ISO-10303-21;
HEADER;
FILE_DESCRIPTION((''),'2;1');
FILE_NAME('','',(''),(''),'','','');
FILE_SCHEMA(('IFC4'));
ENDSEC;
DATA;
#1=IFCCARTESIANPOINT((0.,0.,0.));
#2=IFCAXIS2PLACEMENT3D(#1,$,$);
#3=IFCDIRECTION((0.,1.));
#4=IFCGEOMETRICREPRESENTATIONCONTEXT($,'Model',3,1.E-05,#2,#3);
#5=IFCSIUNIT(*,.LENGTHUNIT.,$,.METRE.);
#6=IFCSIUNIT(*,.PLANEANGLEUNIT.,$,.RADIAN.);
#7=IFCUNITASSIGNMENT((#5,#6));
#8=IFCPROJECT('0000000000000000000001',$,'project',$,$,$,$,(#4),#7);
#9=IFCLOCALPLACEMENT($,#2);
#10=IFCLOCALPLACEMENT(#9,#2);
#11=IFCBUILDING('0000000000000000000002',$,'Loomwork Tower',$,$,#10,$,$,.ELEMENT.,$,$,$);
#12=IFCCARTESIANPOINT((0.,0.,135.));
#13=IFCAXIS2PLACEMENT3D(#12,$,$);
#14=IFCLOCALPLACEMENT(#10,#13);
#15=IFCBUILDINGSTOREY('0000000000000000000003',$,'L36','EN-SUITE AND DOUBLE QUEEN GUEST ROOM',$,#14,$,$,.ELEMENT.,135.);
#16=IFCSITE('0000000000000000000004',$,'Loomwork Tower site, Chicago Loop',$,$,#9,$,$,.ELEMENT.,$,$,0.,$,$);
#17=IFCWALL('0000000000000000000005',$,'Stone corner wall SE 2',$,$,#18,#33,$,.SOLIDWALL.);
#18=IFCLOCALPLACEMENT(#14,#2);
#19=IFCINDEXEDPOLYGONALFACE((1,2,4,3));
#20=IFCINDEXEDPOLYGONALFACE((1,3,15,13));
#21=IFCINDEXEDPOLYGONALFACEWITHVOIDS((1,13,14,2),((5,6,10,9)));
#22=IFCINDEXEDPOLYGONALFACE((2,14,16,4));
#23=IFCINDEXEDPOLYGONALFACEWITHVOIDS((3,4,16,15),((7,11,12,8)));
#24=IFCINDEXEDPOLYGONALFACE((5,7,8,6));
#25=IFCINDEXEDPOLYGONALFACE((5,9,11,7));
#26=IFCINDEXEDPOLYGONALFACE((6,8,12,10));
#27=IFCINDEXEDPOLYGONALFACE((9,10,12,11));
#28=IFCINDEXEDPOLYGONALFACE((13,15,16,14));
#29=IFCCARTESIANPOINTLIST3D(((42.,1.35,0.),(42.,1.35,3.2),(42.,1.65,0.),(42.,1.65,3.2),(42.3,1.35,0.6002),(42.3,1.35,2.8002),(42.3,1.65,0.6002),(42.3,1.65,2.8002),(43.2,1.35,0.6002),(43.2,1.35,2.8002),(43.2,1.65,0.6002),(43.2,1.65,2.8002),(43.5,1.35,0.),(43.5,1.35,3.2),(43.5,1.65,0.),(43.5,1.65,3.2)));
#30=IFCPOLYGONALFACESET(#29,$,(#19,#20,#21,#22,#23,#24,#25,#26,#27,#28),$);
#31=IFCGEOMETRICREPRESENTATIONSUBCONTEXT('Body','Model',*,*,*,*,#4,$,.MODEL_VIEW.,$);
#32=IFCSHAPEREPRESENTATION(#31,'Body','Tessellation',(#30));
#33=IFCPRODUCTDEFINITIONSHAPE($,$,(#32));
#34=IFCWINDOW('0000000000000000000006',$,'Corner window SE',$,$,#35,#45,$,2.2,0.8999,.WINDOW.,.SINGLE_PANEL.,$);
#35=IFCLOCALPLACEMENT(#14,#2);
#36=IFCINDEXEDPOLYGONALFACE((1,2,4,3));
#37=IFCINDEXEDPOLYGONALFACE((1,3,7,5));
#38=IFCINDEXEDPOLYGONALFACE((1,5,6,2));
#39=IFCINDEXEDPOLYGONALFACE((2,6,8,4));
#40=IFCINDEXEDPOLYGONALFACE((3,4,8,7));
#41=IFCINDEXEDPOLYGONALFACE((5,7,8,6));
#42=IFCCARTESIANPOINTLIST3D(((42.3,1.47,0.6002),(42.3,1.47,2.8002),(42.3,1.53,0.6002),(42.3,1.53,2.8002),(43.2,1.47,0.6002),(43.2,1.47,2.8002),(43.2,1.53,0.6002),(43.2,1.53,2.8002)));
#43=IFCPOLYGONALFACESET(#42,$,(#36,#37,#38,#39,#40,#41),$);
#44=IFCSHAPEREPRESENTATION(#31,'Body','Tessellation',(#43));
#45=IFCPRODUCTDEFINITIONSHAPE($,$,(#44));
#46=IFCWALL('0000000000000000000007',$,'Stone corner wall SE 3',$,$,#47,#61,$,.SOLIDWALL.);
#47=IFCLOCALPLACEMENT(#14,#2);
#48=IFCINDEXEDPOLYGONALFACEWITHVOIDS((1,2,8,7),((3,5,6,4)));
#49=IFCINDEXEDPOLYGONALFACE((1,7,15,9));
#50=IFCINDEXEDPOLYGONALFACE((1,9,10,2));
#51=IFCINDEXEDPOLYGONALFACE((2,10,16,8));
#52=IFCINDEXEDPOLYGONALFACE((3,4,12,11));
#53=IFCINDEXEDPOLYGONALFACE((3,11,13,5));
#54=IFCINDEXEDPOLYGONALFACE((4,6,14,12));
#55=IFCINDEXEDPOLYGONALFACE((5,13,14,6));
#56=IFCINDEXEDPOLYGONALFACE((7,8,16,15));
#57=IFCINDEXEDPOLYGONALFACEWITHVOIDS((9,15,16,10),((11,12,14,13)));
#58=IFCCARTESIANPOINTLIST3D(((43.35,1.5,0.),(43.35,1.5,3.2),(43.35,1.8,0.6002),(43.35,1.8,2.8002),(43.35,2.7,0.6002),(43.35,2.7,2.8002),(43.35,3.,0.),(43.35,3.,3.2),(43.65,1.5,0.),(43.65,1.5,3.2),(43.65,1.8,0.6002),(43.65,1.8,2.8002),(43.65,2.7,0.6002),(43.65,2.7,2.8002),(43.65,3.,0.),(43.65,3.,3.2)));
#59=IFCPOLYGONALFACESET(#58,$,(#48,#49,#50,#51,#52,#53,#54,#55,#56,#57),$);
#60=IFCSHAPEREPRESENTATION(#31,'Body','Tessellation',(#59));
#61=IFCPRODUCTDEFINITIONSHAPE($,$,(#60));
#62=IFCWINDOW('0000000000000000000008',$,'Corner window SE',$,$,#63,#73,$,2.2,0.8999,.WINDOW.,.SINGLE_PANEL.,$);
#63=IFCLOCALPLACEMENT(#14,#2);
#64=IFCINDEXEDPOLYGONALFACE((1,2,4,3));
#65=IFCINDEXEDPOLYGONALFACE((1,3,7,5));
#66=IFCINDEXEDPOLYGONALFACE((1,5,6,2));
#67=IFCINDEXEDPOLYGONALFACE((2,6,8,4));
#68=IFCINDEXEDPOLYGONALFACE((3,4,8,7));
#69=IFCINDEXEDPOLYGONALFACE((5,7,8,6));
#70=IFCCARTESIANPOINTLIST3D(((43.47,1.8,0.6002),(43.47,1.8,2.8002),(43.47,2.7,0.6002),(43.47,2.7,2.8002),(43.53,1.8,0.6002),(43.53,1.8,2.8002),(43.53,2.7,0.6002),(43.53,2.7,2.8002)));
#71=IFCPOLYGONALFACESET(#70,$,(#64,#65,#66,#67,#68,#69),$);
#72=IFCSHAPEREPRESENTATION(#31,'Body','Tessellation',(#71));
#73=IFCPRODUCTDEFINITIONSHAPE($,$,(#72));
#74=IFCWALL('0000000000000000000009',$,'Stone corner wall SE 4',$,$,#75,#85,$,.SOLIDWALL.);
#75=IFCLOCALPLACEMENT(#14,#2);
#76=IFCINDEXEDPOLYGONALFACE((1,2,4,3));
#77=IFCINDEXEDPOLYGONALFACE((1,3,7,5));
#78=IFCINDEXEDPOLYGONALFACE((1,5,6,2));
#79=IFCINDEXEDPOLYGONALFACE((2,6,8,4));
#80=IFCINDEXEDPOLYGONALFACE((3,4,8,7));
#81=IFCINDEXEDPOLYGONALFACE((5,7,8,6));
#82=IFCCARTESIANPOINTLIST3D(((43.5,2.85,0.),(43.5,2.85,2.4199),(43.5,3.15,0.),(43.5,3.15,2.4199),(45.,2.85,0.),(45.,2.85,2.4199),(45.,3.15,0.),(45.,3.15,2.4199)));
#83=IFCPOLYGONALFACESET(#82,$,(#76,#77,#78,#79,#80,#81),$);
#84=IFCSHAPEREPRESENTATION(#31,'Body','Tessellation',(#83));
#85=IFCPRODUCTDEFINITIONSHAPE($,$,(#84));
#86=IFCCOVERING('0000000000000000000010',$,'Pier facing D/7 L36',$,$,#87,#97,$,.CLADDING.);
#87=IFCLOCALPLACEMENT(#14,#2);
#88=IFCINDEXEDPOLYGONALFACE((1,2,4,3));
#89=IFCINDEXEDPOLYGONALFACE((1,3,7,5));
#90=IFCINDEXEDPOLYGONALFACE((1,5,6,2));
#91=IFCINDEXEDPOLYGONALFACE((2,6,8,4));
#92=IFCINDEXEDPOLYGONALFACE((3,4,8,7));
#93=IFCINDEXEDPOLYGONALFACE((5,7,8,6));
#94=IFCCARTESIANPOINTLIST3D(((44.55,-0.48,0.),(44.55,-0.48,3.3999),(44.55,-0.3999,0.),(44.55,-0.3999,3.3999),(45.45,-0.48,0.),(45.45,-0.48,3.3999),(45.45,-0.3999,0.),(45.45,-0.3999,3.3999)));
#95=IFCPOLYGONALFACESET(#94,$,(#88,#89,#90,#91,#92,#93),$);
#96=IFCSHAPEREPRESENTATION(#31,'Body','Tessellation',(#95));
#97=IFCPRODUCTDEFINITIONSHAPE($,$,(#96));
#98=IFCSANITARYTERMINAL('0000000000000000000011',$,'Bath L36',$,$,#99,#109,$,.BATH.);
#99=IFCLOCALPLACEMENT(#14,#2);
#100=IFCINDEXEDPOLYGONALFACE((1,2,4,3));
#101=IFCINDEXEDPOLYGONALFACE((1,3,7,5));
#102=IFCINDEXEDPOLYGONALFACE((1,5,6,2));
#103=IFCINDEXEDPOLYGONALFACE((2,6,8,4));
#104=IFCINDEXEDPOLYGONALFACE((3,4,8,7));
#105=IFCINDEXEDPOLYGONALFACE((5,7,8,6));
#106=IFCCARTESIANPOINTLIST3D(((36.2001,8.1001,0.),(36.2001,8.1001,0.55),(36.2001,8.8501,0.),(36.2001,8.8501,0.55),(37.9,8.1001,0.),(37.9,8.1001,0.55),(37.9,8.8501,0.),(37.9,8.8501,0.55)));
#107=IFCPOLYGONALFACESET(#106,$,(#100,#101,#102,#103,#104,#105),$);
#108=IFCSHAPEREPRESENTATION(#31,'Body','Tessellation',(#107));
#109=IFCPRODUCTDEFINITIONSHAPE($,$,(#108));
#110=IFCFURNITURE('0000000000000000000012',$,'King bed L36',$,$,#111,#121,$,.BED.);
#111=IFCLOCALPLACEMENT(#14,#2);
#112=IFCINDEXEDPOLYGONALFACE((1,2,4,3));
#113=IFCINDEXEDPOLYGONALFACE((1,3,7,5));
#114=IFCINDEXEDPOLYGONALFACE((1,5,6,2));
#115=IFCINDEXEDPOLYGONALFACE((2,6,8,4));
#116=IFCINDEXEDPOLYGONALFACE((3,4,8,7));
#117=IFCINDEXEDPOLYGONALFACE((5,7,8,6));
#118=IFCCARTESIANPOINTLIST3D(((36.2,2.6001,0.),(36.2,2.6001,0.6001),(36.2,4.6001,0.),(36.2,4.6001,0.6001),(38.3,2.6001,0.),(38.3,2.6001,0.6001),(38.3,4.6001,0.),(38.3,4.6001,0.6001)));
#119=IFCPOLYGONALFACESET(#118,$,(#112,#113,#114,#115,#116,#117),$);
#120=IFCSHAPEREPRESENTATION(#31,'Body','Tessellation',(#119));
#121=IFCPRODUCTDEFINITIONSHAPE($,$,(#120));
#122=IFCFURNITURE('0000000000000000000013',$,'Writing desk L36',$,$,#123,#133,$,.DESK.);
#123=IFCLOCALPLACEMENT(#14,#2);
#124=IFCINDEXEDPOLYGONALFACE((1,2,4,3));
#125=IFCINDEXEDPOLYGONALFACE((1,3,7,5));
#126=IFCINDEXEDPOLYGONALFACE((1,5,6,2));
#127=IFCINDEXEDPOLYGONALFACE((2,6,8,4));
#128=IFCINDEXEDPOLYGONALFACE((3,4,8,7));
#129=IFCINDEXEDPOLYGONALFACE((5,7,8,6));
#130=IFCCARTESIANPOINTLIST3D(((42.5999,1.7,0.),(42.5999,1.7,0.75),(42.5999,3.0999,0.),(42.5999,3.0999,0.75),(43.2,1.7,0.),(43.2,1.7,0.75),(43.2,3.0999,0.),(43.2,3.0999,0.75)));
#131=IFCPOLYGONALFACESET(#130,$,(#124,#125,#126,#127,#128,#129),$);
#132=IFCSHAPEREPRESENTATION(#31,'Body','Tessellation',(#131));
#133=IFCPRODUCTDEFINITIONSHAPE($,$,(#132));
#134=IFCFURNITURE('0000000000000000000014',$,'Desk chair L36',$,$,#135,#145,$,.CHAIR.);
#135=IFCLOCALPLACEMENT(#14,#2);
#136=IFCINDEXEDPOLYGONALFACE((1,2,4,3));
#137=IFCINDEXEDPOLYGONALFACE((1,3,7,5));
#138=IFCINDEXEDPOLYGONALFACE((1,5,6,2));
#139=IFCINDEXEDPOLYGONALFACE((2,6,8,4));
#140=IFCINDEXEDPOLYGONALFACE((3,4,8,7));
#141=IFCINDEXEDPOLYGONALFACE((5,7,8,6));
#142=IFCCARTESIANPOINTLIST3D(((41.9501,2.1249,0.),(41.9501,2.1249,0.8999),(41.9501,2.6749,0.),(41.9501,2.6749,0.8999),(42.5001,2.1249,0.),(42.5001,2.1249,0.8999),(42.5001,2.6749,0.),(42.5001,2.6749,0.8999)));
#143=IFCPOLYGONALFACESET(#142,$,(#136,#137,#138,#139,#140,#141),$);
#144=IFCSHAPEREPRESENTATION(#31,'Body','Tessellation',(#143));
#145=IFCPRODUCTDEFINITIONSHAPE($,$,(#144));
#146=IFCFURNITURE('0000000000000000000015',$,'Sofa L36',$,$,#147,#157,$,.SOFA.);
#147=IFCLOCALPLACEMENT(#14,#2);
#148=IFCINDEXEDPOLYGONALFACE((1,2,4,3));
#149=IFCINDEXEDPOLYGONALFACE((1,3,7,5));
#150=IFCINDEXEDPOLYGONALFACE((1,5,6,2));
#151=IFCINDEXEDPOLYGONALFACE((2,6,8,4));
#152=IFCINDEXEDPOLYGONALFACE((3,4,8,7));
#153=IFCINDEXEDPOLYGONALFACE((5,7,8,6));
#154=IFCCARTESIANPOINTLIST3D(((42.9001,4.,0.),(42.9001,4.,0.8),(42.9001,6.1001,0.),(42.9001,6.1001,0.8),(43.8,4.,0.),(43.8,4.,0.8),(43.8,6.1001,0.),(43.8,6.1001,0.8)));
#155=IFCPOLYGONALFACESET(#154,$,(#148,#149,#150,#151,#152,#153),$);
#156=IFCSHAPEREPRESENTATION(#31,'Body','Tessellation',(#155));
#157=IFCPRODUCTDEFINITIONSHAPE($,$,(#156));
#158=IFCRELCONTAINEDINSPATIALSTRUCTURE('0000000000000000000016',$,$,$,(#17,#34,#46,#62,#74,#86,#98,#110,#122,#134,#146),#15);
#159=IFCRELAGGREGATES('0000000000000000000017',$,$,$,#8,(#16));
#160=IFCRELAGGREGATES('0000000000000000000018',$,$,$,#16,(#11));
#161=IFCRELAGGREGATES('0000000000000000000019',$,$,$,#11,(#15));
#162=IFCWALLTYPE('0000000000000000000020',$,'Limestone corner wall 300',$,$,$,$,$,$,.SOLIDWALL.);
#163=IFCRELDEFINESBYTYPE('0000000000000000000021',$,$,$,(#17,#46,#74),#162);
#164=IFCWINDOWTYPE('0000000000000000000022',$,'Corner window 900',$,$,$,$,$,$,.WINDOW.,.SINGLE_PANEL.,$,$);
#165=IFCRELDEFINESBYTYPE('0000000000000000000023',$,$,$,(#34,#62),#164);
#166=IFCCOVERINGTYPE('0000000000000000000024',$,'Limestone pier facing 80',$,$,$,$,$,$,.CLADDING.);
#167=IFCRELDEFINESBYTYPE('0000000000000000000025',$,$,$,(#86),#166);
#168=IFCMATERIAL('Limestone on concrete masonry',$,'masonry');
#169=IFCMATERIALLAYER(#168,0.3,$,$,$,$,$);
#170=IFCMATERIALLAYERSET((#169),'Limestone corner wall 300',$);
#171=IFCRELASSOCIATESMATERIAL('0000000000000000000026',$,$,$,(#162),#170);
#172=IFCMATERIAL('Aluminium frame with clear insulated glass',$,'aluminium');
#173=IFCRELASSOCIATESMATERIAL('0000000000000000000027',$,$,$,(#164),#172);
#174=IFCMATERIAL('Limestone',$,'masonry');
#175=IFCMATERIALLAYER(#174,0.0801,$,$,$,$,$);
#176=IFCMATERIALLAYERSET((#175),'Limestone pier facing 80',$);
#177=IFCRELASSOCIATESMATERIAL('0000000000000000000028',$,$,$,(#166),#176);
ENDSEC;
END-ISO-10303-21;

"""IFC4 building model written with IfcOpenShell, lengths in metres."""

from ifc_helpers import new_model, si_unit, direction, frame, frame_2d, origin, origin_2d, place, context, subcontext, project, spatial, rectangle, extrude, material, layer, layer_set, type_object, element, fill, save


model = new_model("IFC4")

# Units and contexts
model_context = context("Model", 3, precision=1e-05, world=origin(), true_north=direction((0.0, 1.0)))
body_context = subcontext(model_context, "Body", "Model", "MODEL_VIEW")
ifc_project = project(units=[si_unit("LENGTHUNIT", "METRE"), si_unit("PLANEANGLEUNIT", "RADIAN")], contexts=[model_context])

# Site, building, storey
site_placement = place(None, origin())
site = spatial("IfcSite", under=ifc_project, at=site_placement, Name="Loomwork Tower site, Chicago Loop", CompositionType="ELEMENT", RefElevation=0.0)
building_placement = place(site_placement, origin())
building = spatial("IfcBuilding", under=site, at=building_placement, Name="Loomwork Tower", CompositionType="ELEMENT")
storey_placement = place(building_placement, frame((0.0, 0.0, 135.0)))
storey = spatial("IfcBuildingStorey", under=building, at=storey_placement, Name="L36", Description="EN-SUITE AND DOUBLE QUEEN GUEST ROOM", CompositionType="ELEMENT", Elevation=135.0)

# Shared definitions
ifc_material_1 = material(Name="Limestone on concrete masonry", Category="masonry")
ifc_layer_1 = layer(ifc_material_1, 0.3)
ifc_layer_set_1 = layer_set([ifc_layer_1], Name="Limestone corner wall 300")
wall_type_1 = type_object("IfcWallType", Name="Limestone corner wall 300", PredefinedType="SOLIDWALL", material=ifc_layer_set_1)

# Walls, openings, windows
wall_1_placement = place(storey_placement, frame((42.0, 1.5, 0.0), z_axis=(0.0, 0.0, 1.0), x_axis=(1.0, 0.0, 0.0)))
wall_1 = element("IfcWall", 1, at=wall_1_placement, inside=storey, type_object=wall_type_1, Name="Stone corner wall SE 2", PredefinedType="SOLIDWALL", context=body_context, shape_type="SweptSolid", body=[
    extrude(rectangle(XDim=1.5, YDim=0.3, at=frame_2d((0.75, 0.0))), origin(), (0.0, 0.0, 1.0), 3.2),
])
opening_1_placement = place(wall_1_placement, frame((0.3, 0.0, 0.6001)))
opening_1 = element("IfcOpeningElement", 2, at=opening_1_placement, cuts=wall_1, PredefinedType="OPENING", context=body_context, shape_type="SweptSolid", body=[
    extrude(rectangle(XDim=0.8999, YDim=2.2, at=frame_2d((0.45, 1.1001))), frame((0.0, 0.1599, 0.0), z_axis=(0.0, -1.0, 0.0), x_axis=(1.0, 0.0, 0.0)), (0.0, 0.0, 1.0), 0.3201),
])
ifc_material_2 = material(Name="Aluminium frame with clear insulated glass", Category="aluminium")
window_type_1 = type_object("IfcWindowType", Name="Corner window 900", PartitioningType="SINGLE_PANEL", PredefinedType="WINDOW", material=ifc_material_2)
window_1_placement = place(opening_1_placement, origin())
window_1 = element("IfcWindow", 3, at=window_1_placement, inside=storey, type_object=window_type_1, Name="Corner window SE", OverallHeight=2.2, OverallWidth=0.8999, PartitioningType="SINGLE_PANEL", PredefinedType="WINDOW", context=body_context, shape_type="SweptSolid", body=[
    extrude(rectangle(XDim=0.8999, YDim=2.2, at=frame_2d((0.45, 1.1001))), frame((0.0, 0.03, 0.0), z_axis=(0.0, -1.0, 0.0), x_axis=(1.0, 0.0, 0.0)), (0.0, 0.0, 1.0), 0.0601),
])
fill(opening_1, window_1)
wall_2_placement = place(storey_placement, frame((43.5, 1.5, 0.0), z_axis=(0.0, 0.0, 1.0), x_axis=(0.0, 1.0, 0.0)))
wall_2 = element("IfcWall", 4, at=wall_2_placement, inside=storey, type_object=wall_type_1, Name="Stone corner wall SE 3", PredefinedType="SOLIDWALL", context=body_context, shape_type="SweptSolid", body=[
    extrude(rectangle(XDim=1.5, YDim=0.3, at=frame_2d((0.75, 0.0))), origin(), (0.0, 0.0, 1.0), 3.2),
])
opening_2_placement = place(wall_2_placement, frame((0.3, 0.0, 0.6001)))
opening_2 = element("IfcOpeningElement", 5, at=opening_2_placement, cuts=wall_2, PredefinedType="OPENING", context=body_context, shape_type="SweptSolid", body=[
    extrude(rectangle(XDim=0.8999, YDim=2.2, at=frame_2d((0.45, 1.1001))), frame((0.0, 0.1599, 0.0), z_axis=(0.0, -1.0, 0.0), x_axis=(1.0, 0.0, 0.0)), (0.0, 0.0, 1.0), 0.3201),
])
window_2_placement = place(opening_2_placement, origin())
window_2 = element("IfcWindow", 6, at=window_2_placement, inside=storey, type_object=window_type_1, Name="Corner window SE", OverallHeight=2.2, OverallWidth=0.8999, PartitioningType="SINGLE_PANEL", PredefinedType="WINDOW", context=body_context, shape_type="SweptSolid", body=[
    extrude(rectangle(XDim=0.8999, YDim=2.2, at=frame_2d((0.45, 1.1001))), frame((0.0, 0.03, 0.0), z_axis=(0.0, -1.0, 0.0), x_axis=(1.0, 0.0, 0.0)), (0.0, 0.0, 1.0), 0.0601),
])
fill(opening_2, window_2)

# Wall
wall_3_placement = place(storey_placement, frame((43.5, 3.0, 0.0), z_axis=(0.0, 0.0, 1.0), x_axis=(1.0, 0.0, 0.0)))
element("IfcWall", 7, at=wall_3_placement, inside=storey, type_object=wall_type_1, Name="Stone corner wall SE 4", PredefinedType="SOLIDWALL", context=body_context, shape_type="SweptSolid", body=[
    extrude(rectangle(XDim=1.5, YDim=0.3, at=frame_2d((0.75, 0.0))), origin(), (0.0, 0.0, 1.0), 2.4199),
])

# Covering
ifc_material_3 = material(Name="Limestone", Category="masonry")
ifc_layer_2 = layer(ifc_material_3, 0.0801)
ifc_layer_set_2 = layer_set([ifc_layer_2], Name="Limestone pier facing 80")
covering_type = type_object("IfcCoveringType", Name="Limestone pier facing 80", PredefinedType="CLADDING", material=ifc_layer_set_2)
covering_placement = place(storey_placement, frame((45.0, -0.4399, 0.0), z_axis=(0.0, 0.0, 1.0), x_axis=(1.0, 0.0, 0.0)))
element("IfcCovering", 8, at=covering_placement, inside=storey, type_object=covering_type, Name="Pier facing D/7 L36", PredefinedType="CLADDING", context=body_context, shape_type="SweptSolid", body=[
    extrude(rectangle(XDim=0.8999, YDim=0.0801, at=origin_2d()), origin(), (0.0, 0.0, 1.0), 3.3999),
])

# Sanitary terminal
sanitary_terminal_placement = place(storey_placement, frame((37.05, 8.4751, 0.0), z_axis=(0.0, 0.0, 1.0), x_axis=(1.0, 0.0, 0.0)))
element("IfcSanitaryTerminal", 9, at=sanitary_terminal_placement, inside=storey, Name="Bath L36", PredefinedType="BATH", context=body_context, shape_type="SweptSolid", body=[
    extrude(rectangle(XDim=1.7, YDim=0.75, at=origin_2d()), origin(), (0.0, 0.0, 1.0), 0.55),
])

# Furniture
furniture_1_placement = place(storey_placement, frame((37.25, 3.6001, 0.0), z_axis=(0.0, 0.0, 1.0), x_axis=(1.0, 0.0, 0.0)))
element("IfcFurniture", 10, at=furniture_1_placement, inside=storey, Name="King bed L36", PredefinedType="BED", context=body_context, shape_type="SweptSolid", body=[
    extrude(rectangle(XDim=2.1001, YDim=2.0, at=origin_2d()), origin(), (0.0, 0.0, 1.0), 0.6001),
])
furniture_2_placement = place(storey_placement, frame((42.8999, 2.3999, 0.0), z_axis=(0.0, 0.0, 1.0), x_axis=(1.0, 0.0, 0.0)))
element("IfcFurniture", 11, at=furniture_2_placement, inside=storey, Name="Writing desk L36", PredefinedType="DESK", context=body_context, shape_type="SweptSolid", body=[
    extrude(rectangle(XDim=0.6001, YDim=1.3999, at=origin_2d()), origin(), (0.0, 0.0, 1.0), 0.75),
])
furniture_3_placement = place(storey_placement, frame((42.2251, 2.3999, 0.0), z_axis=(0.0, 0.0, 1.0), x_axis=(1.0, 0.0, 0.0)))
element("IfcFurniture", 12, at=furniture_3_placement, inside=storey, Name="Desk chair L36", PredefinedType="CHAIR", context=body_context, shape_type="SweptSolid", body=[
    extrude(rectangle(XDim=0.55, YDim=0.55, at=origin_2d()), origin(), (0.0, 0.0, 1.0), 0.8999),
])
furniture_4_placement = place(storey_placement, frame((43.3501, 5.05, 0.0), z_axis=(0.0, 0.0, 1.0), x_axis=(1.0, 0.0, 0.0)))
element("IfcFurniture", 13, at=furniture_4_placement, inside=storey, Name="Sofa L36", PredefinedType="SOFA", context=body_context, shape_type="SweptSolid", body=[
    extrude(rectangle(XDim=0.8999, YDim=2.1001, at=origin_2d()), origin(), (0.0, 0.0, 1.0), 0.8),
])

save(model, "model.ifc")
